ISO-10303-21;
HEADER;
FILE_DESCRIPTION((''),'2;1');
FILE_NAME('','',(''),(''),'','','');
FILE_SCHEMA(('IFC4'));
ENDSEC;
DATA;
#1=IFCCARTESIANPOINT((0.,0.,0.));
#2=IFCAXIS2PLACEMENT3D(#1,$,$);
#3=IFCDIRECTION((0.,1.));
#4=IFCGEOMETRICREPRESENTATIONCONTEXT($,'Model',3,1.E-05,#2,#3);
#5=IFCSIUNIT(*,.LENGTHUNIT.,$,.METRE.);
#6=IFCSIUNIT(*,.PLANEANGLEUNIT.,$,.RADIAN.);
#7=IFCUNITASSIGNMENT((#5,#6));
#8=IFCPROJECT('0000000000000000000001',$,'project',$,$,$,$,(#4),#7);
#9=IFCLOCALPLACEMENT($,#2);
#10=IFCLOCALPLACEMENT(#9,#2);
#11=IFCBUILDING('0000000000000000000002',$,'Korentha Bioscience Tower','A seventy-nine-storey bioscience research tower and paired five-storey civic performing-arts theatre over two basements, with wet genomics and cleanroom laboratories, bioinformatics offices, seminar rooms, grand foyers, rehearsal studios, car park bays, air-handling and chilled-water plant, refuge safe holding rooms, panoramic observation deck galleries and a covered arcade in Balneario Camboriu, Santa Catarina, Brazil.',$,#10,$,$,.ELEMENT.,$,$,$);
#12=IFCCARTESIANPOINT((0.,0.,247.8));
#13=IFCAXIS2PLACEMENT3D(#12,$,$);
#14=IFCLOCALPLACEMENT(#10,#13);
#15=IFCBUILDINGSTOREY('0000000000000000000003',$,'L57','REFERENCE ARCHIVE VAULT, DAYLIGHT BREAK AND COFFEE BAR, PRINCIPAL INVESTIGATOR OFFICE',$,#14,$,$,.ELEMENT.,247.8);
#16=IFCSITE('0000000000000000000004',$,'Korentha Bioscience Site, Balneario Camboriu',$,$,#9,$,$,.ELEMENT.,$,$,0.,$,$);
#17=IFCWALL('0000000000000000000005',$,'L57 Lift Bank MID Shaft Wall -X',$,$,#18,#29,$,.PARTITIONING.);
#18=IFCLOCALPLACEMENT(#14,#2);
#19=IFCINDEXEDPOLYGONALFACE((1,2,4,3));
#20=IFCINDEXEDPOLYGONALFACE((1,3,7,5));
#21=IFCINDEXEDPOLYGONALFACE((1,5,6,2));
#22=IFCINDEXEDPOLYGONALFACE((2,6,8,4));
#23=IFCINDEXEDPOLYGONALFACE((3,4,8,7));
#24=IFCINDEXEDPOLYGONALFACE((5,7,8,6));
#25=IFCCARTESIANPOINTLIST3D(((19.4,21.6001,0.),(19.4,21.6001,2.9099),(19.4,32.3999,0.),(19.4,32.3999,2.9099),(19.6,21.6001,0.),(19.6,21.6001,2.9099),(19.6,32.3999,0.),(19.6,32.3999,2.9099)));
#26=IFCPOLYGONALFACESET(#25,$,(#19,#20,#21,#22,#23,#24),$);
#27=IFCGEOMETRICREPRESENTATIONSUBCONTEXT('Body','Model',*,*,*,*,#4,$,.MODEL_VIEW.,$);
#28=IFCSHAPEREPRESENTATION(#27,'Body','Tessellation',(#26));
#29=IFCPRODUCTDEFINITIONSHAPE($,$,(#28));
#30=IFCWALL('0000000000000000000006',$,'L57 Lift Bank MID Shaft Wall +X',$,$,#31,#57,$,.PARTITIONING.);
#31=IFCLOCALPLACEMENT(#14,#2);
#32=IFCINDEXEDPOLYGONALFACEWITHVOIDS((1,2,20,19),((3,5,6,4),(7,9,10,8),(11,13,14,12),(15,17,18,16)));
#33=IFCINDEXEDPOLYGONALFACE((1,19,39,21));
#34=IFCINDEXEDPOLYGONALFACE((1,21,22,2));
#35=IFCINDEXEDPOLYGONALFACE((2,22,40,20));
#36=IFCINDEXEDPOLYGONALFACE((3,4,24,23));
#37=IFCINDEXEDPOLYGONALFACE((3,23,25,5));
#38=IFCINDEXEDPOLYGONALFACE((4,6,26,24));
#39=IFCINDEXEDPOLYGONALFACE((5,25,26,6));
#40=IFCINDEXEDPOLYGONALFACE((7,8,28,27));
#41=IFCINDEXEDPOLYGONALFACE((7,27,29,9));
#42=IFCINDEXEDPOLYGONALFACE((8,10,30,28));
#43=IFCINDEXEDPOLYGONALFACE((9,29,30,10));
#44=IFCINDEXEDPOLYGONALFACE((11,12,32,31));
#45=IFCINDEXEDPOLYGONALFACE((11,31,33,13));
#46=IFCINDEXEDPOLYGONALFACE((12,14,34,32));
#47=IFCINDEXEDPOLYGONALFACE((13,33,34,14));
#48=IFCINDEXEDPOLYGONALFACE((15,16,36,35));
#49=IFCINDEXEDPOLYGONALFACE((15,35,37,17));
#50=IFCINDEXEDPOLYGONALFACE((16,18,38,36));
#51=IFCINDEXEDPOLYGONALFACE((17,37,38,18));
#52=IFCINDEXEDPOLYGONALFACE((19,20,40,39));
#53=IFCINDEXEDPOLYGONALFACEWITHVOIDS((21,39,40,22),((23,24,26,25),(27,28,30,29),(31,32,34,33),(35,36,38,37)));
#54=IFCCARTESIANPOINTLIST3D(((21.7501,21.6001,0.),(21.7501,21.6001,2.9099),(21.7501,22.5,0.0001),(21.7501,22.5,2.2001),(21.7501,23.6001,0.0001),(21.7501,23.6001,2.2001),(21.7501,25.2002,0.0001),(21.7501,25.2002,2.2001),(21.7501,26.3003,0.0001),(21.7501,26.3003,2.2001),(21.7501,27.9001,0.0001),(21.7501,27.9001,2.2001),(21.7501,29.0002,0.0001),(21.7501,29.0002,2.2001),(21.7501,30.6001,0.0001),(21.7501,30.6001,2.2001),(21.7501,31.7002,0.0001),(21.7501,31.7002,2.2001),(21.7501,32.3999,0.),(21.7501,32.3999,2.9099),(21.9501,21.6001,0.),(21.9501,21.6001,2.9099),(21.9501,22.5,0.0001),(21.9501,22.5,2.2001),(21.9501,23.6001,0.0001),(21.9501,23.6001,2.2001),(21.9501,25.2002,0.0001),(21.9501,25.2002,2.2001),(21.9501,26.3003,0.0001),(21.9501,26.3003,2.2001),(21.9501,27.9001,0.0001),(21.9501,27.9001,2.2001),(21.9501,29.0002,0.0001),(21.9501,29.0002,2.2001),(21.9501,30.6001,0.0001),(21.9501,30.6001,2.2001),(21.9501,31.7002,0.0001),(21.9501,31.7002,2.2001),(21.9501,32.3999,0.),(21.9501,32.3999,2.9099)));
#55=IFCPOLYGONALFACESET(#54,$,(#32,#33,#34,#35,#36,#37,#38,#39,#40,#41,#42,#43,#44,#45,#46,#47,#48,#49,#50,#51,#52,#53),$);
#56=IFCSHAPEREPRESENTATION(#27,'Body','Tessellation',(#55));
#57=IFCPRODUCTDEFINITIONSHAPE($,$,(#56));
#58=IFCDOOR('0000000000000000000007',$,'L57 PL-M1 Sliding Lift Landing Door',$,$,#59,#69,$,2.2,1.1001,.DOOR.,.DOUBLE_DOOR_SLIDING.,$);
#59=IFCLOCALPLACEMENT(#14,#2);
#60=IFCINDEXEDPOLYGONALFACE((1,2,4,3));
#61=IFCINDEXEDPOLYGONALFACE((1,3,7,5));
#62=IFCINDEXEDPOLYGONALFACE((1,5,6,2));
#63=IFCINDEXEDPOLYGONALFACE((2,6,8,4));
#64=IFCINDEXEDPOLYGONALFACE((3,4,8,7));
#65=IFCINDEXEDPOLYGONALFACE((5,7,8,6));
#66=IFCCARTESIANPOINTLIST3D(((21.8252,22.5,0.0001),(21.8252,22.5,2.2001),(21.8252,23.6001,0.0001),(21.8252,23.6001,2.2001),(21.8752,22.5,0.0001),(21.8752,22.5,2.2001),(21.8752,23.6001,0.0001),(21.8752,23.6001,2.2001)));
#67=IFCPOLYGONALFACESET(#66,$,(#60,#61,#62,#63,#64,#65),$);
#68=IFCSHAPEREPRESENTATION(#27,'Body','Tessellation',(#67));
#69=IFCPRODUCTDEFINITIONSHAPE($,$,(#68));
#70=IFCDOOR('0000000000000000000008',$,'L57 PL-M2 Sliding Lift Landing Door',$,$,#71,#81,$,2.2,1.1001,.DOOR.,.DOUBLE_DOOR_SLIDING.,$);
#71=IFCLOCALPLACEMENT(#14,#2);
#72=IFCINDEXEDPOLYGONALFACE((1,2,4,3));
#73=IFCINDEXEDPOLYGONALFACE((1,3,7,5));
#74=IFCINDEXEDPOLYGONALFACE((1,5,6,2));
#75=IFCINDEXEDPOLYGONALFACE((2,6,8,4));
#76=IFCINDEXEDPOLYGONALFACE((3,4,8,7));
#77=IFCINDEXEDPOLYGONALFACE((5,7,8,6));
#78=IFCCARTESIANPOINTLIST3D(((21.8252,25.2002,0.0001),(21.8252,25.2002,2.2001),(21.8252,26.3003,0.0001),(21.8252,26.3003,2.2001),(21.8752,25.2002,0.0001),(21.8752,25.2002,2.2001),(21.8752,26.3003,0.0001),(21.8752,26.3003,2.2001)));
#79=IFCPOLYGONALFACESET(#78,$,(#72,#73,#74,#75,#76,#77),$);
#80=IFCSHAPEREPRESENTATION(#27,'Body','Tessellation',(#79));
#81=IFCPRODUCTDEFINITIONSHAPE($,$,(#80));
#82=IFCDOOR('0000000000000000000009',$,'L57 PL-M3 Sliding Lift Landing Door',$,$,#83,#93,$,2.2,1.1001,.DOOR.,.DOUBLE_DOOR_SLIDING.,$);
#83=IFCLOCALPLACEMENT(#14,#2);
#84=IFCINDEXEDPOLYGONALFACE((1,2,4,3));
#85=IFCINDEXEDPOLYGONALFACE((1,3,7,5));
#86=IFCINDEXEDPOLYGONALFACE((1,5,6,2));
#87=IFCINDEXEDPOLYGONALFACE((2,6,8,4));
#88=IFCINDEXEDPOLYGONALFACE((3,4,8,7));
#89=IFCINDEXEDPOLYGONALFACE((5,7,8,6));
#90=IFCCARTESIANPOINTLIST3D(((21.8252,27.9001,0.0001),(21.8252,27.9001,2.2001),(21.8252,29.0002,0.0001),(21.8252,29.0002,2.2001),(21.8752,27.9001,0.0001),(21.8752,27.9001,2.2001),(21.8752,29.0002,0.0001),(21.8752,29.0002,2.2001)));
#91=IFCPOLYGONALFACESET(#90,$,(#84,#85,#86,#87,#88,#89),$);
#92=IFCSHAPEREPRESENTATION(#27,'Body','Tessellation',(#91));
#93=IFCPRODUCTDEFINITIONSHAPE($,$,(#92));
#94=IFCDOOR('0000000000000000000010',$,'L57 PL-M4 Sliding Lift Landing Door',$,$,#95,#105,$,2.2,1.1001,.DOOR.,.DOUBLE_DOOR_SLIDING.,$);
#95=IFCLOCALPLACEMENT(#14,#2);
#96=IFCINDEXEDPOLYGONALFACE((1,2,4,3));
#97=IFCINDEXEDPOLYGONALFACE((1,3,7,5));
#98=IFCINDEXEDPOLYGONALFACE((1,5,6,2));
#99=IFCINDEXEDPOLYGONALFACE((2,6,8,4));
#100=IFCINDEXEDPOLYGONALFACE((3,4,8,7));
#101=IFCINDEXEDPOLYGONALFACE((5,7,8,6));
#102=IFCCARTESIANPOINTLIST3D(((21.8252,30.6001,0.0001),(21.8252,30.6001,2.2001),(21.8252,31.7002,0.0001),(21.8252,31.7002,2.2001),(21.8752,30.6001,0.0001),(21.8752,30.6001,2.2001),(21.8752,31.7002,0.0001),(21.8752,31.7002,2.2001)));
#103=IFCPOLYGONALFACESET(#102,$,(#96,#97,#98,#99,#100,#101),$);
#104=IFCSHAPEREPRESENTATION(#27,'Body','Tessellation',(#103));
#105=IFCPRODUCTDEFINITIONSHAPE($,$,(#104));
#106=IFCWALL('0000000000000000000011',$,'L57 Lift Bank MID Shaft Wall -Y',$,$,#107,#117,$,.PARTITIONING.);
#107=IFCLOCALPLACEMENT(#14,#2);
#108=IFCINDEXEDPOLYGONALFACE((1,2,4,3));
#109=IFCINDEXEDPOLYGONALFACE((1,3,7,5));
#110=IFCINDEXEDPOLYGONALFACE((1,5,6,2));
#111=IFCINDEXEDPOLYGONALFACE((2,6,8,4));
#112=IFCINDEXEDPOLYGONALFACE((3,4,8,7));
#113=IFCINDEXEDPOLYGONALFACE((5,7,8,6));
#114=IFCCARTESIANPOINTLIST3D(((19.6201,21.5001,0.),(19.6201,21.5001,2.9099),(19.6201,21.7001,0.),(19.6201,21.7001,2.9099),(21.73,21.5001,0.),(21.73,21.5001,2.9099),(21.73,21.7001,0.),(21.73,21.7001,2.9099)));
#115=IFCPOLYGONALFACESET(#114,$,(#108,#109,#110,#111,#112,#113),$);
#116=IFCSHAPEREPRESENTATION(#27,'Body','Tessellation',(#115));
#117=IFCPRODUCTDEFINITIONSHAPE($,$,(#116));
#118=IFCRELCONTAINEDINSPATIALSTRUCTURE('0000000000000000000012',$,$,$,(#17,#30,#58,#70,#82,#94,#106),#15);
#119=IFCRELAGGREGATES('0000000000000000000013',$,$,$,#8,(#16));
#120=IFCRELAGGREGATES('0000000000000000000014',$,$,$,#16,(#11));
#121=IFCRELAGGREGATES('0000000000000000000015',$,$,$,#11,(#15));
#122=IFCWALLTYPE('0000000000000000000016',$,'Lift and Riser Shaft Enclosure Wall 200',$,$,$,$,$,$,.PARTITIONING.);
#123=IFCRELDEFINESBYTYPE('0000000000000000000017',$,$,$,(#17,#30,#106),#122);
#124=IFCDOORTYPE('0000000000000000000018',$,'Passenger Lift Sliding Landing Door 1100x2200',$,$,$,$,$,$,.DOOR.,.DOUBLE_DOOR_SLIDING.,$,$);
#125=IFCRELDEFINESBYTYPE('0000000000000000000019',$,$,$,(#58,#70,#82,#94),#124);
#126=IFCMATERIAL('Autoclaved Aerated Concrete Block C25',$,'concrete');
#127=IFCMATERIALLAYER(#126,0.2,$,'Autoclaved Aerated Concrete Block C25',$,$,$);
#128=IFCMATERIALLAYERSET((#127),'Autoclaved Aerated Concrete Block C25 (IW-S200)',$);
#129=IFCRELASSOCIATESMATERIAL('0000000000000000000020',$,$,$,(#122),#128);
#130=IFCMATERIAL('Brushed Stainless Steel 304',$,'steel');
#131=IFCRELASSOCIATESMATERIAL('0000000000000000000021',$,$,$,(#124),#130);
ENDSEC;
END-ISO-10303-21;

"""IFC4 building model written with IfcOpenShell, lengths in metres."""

from ifc_helpers import new_model, si_unit, direction, frame, frame_2d, origin, place, context, subcontext, project, spatial, rectangle, extrude, material, layer, layer_set, type_object, element, fill, save


model = new_model("IFC4")

# Units and contexts
model_context = context("Model", 3, precision=1e-05, world=origin(), true_north=direction((0.0, 1.0)))
body_context = subcontext(model_context, "Body", "Model", "MODEL_VIEW")
ifc_project = project(units=[si_unit("LENGTHUNIT", "METRE"), si_unit("PLANEANGLEUNIT", "RADIAN")], contexts=[model_context])

# Site, building, storey
site_placement = place(None, origin())
site = spatial("IfcSite", under=ifc_project, at=site_placement, Name="Korentha Bioscience Site, Balneario Camboriu", CompositionType="ELEMENT", RefElevation=0.0)
building_placement = place(site_placement, origin())
building = spatial("IfcBuilding", under=site, at=building_placement, Name="Korentha Bioscience Tower", Description="A seventy-nine-storey bioscience research tower and paired five-storey civic performing-arts theatre over two basements, with wet genomics and cleanroom laboratories, bioinformatics offices, seminar rooms, grand foyers, rehearsal studios, car park bays, air-handling and chilled-water plant, refuge safe holding rooms, panoramic observation deck galleries and a covered arcade in Balneario Camboriu, Santa Catarina, Brazil.", CompositionType="ELEMENT")
storey_placement = place(building_placement, frame((0.0, 0.0, 247.8)))
storey = spatial("IfcBuildingStorey", under=building, at=storey_placement, Name="L57", Description="REFERENCE ARCHIVE VAULT, DAYLIGHT BREAK AND COFFEE BAR, PRINCIPAL INVESTIGATOR OFFICE", CompositionType="ELEMENT", Elevation=247.8)

# Wall
ifc_material_1 = material(Name="Autoclaved Aerated Concrete Block C25", Category="concrete")
ifc_layer_1 = layer(ifc_material_1, 0.2, Name="Autoclaved Aerated Concrete Block C25")
ifc_layer_set_1 = layer_set([ifc_layer_1], Name="Autoclaved Aerated Concrete Block C25 (IW-S200)")
wall_type_1 = type_object("IfcWallType", Name="Lift and Riser Shaft Enclosure Wall 200", PredefinedType="PARTITIONING", material=ifc_layer_set_1)
wall_1_placement = place(storey_placement, frame((19.5, 21.6001, 0.0), z_axis=(0.0, 0.0, 1.0), x_axis=(0.0, 1.0, 0.0)))
element("IfcWall", 1, at=wall_1_placement, inside=storey, type_object=wall_type_1, Name="L57 Lift Bank MID Shaft Wall -X", PredefinedType="PARTITIONING", context=body_context, shape_type="SweptSolid", body=[
    extrude(rectangle(XDim=10.7998, YDim=0.2, at=frame_2d((5.3999, 0.0))), origin(), (0.0, 0.0, 1.0), 2.9099),
])

# Wall, openings, doors
wall_2_placement = place(storey_placement, frame((21.8501, 21.6001, 0.0), z_axis=(0.0, 0.0, 1.0), x_axis=(0.0, 1.0, 0.0)))
wall_2 = element("IfcWall", 2, at=wall_2_placement, inside=storey, type_object=wall_type_1, Name="L57 Lift Bank MID Shaft Wall +X", PredefinedType="PARTITIONING", context=body_context, shape_type="SweptSolid", body=[
    extrude(rectangle(XDim=10.7998, YDim=0.2, at=frame_2d((5.3999, 0.0))), origin(), (0.0, 0.0, 1.0), 2.9099),
])
opening_1_placement = place(wall_2_placement, frame((0.8999, 0.0, 0.0)))
opening_1 = element("IfcOpeningElement", 3, at=opening_1_placement, cuts=wall_2, PredefinedType="OPENING", context=body_context, shape_type="SweptSolid", body=[
    extrude(rectangle(XDim=1.1001, YDim=2.2, at=frame_2d((0.55, 1.1001))), frame((0.0, 0.1147, 0.0), z_axis=(0.0, -1.0, 0.0), x_axis=(1.0, 0.0, 0.0)), (0.0, 0.0, 1.0), 0.2297),
])
opening_2_placement = place(wall_2_placement, frame((3.6001, 0.0, 0.0)))
opening_2 = element("IfcOpeningElement", 4, at=opening_2_placement, cuts=wall_2, PredefinedType="OPENING", context=body_context, shape_type="SweptSolid", body=[
    extrude(rectangle(XDim=1.1001, YDim=2.2, at=frame_2d((0.55, 1.1001))), frame((0.0, 0.1147, 0.0), z_axis=(0.0, -1.0, 0.0), x_axis=(1.0, 0.0, 0.0)), (0.0, 0.0, 1.0), 0.2297),
])
opening_3_placement = place(wall_2_placement, frame((6.3, 0.0, 0.0)))
opening_3 = element("IfcOpeningElement", 5, at=opening_3_placement, cuts=wall_2, PredefinedType="OPENING", context=body_context, shape_type="SweptSolid", body=[
    extrude(rectangle(XDim=1.1001, YDim=2.2, at=frame_2d((0.55, 1.1001))), frame((0.0, 0.1147, 0.0), z_axis=(0.0, -1.0, 0.0), x_axis=(1.0, 0.0, 0.0)), (0.0, 0.0, 1.0), 0.2297),
])
opening_4_placement = place(wall_2_placement, frame((9.0, 0.0, 0.0)))
opening_4 = element("IfcOpeningElement", 6, at=opening_4_placement, cuts=wall_2, PredefinedType="OPENING", context=body_context, shape_type="SweptSolid", body=[
    extrude(rectangle(XDim=1.1001, YDim=2.2, at=frame_2d((0.55, 1.1001))), frame((0.0, 0.1147, 0.0), z_axis=(0.0, -1.0, 0.0), x_axis=(1.0, 0.0, 0.0)), (0.0, 0.0, 1.0), 0.2297),
])
ifc_material_2 = material(Name="Brushed Stainless Steel 304", Category="steel")
door_type_1 = type_object("IfcDoorType", Name="Passenger Lift Sliding Landing Door 1100x2200", OperationType="DOUBLE_DOOR_SLIDING", PredefinedType="DOOR", material=ifc_material_2)
door_1_placement = place(opening_1_placement, origin())
door_1 = element("IfcDoor", 7, at=door_1_placement, inside=storey, type_object=door_type_1, Name="L57 PL-M1 Sliding Lift Landing Door", OperationType="DOUBLE_DOOR_SLIDING", OverallHeight=2.2, OverallWidth=1.1001, PredefinedType="DOOR", context=body_context, shape_type="SweptSolid", body=[
    extrude(rectangle(XDim=1.1001, YDim=2.2, at=frame_2d((0.55, 1.1001))), frame((0.0, 0.0249, 0.0), z_axis=(0.0, -1.0, 0.0), x_axis=(1.0, 0.0, 0.0)), (0.0, 0.0, 1.0), 0.05),
])
fill(opening_1, door_1)
door_2_placement = place(opening_2_placement, origin())
door_2 = element("IfcDoor", 8, at=door_2_placement, inside=storey, type_object=door_type_1, Name="L57 PL-M2 Sliding Lift Landing Door", OperationType="DOUBLE_DOOR_SLIDING", OverallHeight=2.2, OverallWidth=1.1001, PredefinedType="DOOR", context=body_context, shape_type="SweptSolid", body=[
    extrude(rectangle(XDim=1.1001, YDim=2.2, at=frame_2d((0.55, 1.1001))), frame((0.0, 0.0249, 0.0), z_axis=(0.0, -1.0, 0.0), x_axis=(1.0, 0.0, 0.0)), (0.0, 0.0, 1.0), 0.05),
])
fill(opening_2, door_2)
door_3_placement = place(opening_3_placement, origin())
door_3 = element("IfcDoor", 9, at=door_3_placement, inside=storey, type_object=door_type_1, Name="L57 PL-M3 Sliding Lift Landing Door", OperationType="DOUBLE_DOOR_SLIDING", OverallHeight=2.2, OverallWidth=1.1001, PredefinedType="DOOR", context=body_context, shape_type="SweptSolid", body=[
    extrude(rectangle(XDim=1.1001, YDim=2.2, at=frame_2d((0.55, 1.1001))), frame((0.0, 0.0249, 0.0), z_axis=(0.0, -1.0, 0.0), x_axis=(1.0, 0.0, 0.0)), (0.0, 0.0, 1.0), 0.05),
])
fill(opening_3, door_3)
door_4_placement = place(opening_4_placement, origin())
door_4 = element("IfcDoor", 10, at=door_4_placement, inside=storey, type_object=door_type_1, Name="L57 PL-M4 Sliding Lift Landing Door", OperationType="DOUBLE_DOOR_SLIDING", OverallHeight=2.2, OverallWidth=1.1001, PredefinedType="DOOR", context=body_context, shape_type="SweptSolid", body=[
    extrude(rectangle(XDim=1.1001, YDim=2.2, at=frame_2d((0.55, 1.1001))), frame((0.0, 0.0249, 0.0), z_axis=(0.0, -1.0, 0.0), x_axis=(1.0, 0.0, 0.0)), (0.0, 0.0, 1.0), 0.05),
])
fill(opening_4, door_4)

# Wall
wall_3_placement = place(storey_placement, frame((19.6201, 21.6001, 0.0), z_axis=(0.0, 0.0, 1.0), x_axis=(1.0, 0.0, 0.0)))
element("IfcWall", 11, at=wall_3_placement, inside=storey, type_object=wall_type_1, Name="L57 Lift Bank MID Shaft Wall -Y", PredefinedType="PARTITIONING", context=body_context, shape_type="SweptSolid", body=[
    extrude(rectangle(XDim=2.1099, YDim=0.2, at=frame_2d((1.0549, 0.0))), origin(), (0.0, 0.0, 1.0), 2.9099),
])

save(model, "model.ifc")
